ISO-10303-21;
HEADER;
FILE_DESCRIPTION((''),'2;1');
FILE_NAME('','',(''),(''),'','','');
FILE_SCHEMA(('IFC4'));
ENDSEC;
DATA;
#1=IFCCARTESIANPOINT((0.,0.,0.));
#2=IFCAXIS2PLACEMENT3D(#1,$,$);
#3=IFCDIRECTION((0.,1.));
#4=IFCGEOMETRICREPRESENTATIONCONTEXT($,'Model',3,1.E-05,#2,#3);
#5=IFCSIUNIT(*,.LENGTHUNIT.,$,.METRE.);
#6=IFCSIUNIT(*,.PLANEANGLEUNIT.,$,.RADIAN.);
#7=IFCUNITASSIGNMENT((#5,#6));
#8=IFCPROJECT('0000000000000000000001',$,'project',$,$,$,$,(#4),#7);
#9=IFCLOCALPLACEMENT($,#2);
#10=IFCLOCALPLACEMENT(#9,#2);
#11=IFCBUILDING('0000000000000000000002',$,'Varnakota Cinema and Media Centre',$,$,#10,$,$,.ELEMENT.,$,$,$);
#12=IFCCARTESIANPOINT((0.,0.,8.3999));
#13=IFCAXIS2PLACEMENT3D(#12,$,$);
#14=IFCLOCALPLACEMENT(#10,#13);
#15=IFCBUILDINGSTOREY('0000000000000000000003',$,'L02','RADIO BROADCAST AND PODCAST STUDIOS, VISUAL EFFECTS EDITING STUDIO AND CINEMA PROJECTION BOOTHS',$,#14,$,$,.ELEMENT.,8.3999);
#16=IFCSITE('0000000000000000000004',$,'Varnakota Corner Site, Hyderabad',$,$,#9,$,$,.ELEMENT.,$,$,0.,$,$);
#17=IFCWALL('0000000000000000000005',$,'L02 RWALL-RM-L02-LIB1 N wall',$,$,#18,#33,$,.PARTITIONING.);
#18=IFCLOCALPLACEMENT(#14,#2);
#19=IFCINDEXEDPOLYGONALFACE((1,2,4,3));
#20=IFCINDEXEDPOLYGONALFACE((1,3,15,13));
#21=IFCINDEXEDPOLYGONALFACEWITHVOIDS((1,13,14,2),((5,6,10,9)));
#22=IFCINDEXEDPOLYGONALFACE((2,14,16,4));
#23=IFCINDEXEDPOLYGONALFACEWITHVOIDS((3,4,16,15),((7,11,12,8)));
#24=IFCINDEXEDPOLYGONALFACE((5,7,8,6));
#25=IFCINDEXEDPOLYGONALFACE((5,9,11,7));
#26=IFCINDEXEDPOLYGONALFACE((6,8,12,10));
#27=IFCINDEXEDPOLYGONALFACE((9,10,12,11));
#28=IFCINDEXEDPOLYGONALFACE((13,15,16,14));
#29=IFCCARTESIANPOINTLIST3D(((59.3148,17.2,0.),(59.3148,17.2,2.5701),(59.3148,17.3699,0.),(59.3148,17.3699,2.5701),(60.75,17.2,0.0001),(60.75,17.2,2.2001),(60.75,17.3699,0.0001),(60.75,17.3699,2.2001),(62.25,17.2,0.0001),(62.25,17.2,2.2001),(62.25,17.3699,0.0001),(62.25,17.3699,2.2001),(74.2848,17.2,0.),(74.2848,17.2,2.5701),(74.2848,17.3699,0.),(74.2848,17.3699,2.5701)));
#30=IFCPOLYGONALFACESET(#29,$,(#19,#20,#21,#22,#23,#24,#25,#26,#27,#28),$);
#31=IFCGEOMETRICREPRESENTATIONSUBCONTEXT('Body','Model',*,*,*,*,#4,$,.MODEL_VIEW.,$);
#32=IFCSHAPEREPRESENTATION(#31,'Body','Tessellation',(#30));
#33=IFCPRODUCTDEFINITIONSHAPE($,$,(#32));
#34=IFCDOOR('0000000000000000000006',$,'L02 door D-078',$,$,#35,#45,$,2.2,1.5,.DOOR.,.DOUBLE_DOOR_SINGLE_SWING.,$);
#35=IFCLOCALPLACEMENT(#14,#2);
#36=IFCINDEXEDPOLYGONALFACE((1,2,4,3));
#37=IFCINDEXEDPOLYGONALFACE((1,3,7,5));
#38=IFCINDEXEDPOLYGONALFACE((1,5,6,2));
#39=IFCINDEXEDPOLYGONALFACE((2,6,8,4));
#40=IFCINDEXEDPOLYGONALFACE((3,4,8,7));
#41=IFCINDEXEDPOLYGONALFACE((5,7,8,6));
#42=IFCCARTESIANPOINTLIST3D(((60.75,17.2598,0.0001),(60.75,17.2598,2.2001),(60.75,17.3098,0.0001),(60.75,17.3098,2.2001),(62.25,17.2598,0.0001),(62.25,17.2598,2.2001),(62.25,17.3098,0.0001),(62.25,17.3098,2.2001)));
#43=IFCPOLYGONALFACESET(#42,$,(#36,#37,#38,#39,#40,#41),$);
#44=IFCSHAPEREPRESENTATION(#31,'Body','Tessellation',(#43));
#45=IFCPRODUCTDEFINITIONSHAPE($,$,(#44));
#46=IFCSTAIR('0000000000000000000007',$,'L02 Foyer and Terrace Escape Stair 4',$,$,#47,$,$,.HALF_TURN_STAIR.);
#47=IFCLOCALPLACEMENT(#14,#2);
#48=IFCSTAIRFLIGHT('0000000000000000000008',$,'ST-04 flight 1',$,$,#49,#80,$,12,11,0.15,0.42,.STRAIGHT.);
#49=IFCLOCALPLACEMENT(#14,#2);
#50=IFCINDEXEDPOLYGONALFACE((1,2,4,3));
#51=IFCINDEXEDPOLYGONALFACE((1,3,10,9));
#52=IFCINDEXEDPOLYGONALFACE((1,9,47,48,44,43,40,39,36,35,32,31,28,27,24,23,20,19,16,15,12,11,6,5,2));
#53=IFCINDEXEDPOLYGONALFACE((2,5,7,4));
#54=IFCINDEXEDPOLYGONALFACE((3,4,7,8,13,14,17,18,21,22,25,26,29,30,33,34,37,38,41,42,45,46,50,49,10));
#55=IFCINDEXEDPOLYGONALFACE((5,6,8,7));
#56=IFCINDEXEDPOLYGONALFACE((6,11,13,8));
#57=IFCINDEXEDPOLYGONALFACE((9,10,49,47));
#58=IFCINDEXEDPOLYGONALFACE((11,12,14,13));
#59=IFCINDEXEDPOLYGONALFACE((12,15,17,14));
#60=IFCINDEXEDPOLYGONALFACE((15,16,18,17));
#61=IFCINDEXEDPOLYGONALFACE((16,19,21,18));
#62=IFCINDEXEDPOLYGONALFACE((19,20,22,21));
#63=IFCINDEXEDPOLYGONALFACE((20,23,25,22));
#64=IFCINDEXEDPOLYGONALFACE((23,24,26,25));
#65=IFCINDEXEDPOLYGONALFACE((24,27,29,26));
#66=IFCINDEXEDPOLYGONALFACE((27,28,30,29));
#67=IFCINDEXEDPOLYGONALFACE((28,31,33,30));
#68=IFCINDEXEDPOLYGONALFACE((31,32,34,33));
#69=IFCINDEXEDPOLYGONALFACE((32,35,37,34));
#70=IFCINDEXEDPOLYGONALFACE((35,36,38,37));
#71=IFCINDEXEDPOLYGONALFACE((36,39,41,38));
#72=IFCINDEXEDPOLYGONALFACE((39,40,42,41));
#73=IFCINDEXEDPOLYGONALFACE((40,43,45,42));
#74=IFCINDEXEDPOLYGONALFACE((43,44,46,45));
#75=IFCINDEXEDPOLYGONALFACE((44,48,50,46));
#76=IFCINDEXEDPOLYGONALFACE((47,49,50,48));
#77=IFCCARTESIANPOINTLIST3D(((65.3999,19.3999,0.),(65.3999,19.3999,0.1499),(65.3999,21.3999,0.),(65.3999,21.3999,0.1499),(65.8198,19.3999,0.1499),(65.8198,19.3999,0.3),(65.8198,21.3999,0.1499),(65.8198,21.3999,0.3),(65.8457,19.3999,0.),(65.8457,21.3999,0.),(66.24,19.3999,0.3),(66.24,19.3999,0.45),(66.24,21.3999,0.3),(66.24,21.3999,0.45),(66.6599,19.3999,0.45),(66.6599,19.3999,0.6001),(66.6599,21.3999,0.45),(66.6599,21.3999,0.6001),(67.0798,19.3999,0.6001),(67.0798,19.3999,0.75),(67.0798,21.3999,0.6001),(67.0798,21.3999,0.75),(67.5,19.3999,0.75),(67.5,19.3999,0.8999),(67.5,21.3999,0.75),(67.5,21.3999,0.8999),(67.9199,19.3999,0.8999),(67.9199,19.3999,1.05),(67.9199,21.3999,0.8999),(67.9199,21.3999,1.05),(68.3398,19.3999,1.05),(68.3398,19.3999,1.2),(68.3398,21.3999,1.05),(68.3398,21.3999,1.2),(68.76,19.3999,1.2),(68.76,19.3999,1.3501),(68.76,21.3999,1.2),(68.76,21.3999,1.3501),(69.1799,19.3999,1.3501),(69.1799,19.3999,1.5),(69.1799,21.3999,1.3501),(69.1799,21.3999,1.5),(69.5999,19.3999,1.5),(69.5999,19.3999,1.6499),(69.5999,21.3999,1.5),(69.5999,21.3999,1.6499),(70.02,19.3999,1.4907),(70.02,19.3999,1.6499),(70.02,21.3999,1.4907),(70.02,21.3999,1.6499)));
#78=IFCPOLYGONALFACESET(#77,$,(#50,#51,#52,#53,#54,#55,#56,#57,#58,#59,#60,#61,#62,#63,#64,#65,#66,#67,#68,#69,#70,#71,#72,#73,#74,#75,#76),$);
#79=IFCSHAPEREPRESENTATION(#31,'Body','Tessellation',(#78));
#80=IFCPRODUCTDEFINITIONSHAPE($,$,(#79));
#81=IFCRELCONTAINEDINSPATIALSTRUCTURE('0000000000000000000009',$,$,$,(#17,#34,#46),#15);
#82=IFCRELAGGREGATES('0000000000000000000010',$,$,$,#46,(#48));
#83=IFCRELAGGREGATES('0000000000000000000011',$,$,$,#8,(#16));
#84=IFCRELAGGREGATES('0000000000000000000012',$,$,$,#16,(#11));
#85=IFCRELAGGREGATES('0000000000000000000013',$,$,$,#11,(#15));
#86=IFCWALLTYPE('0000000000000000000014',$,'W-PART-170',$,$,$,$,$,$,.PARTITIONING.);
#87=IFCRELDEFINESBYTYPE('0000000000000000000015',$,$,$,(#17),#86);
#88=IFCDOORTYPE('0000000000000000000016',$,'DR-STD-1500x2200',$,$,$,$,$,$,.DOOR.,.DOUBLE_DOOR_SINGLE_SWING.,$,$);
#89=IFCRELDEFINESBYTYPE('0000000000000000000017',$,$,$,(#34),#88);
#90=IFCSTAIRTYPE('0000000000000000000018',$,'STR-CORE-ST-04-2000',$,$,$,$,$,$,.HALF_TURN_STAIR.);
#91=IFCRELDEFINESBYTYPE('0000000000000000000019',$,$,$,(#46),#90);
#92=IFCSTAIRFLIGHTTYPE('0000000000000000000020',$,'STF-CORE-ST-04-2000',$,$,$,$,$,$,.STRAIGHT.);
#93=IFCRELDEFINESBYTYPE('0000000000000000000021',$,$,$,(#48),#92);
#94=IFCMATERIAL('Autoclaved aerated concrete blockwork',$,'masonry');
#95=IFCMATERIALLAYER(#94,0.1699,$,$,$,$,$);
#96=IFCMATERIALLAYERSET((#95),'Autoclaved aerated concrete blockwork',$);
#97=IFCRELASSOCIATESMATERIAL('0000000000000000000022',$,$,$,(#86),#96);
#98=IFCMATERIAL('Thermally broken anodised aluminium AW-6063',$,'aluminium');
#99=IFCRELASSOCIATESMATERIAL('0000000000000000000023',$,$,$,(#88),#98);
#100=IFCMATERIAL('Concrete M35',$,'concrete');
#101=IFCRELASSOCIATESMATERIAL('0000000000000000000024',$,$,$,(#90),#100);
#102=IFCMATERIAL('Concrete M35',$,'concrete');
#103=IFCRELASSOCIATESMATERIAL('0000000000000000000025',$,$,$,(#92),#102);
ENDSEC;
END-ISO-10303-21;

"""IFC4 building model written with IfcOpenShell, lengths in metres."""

from ifc_helpers import new_model, si_unit, direction, frame, frame_2d, origin, place, context, subcontext, project, spatial, polyline, rectangle, outline, extrude, material, layer, layer_set, type_object, element, fill, aggregate, save


model = new_model("IFC4")

# Units and contexts
model_context = context("Model", 3, precision=1e-05, world=origin(), true_north=direction((0.0, 1.0)))
body_context = subcontext(model_context, "Body", "Model", "MODEL_VIEW")
ifc_project = project(units=[si_unit("LENGTHUNIT", "METRE"), si_unit("PLANEANGLEUNIT", "RADIAN")], contexts=[model_context])

# Site, building, storey
site_placement = place(None, origin())
site = spatial("IfcSite", under=ifc_project, at=site_placement, Name="Varnakota Corner Site, Hyderabad", CompositionType="ELEMENT", RefElevation=0.0)
building_placement = place(site_placement, origin())
building = spatial("IfcBuilding", under=site, at=building_placement, Name="Varnakota Cinema and Media Centre", CompositionType="ELEMENT")
storey_placement = place(building_placement, frame((0.0, 0.0, 8.3999)))
storey = spatial("IfcBuildingStorey", under=building, at=storey_placement, Name="L02", Description="RADIO BROADCAST AND PODCAST STUDIOS, VISUAL EFFECTS EDITING STUDIO AND CINEMA PROJECTION BOOTHS", CompositionType="ELEMENT", Elevation=8.3999)

# Shared definitions
ifc_material_1 = material(Name="Autoclaved aerated concrete blockwork", Category="masonry")
ifc_layer_1 = layer(ifc_material_1, 0.1699)
ifc_layer_set_1 = layer_set([ifc_layer_1], Name="Autoclaved aerated concrete blockwork")
wall_type_1 = type_object("IfcWallType", Name="W-PART-170", PredefinedType="PARTITIONING", material=ifc_layer_set_1)

# Wall, opening, door
wall_1_placement = place(storey_placement, frame((59.3149, 17.2849, 0.0), z_axis=(0.0, 0.0, 1.0), x_axis=(1.0, 0.0, 0.0)))
wall_1 = element("IfcWall", 1, at=wall_1_placement, inside=storey, type_object=wall_type_1, Name="L02 RWALL-RM-L02-LIB1 N wall", PredefinedType="PARTITIONING", context=body_context, shape_type="SweptSolid", body=[
    extrude(rectangle(XDim=14.97, YDim=0.1699, at=frame_2d((7.4849, 0.0))), origin(), (0.0, 0.0, 1.0), 2.5701),
])
opening_1_placement = place(wall_1_placement, frame((1.4351, 0.0, 0.0)))
opening_1 = element("IfcOpeningElement", 2, at=opening_1_placement, cuts=wall_1, PredefinedType="OPENING", context=body_context, shape_type="SweptSolid", body=[
    extrude(rectangle(XDim=1.5, YDim=2.2, at=frame_2d((0.75, 1.1001))), frame((0.0, 0.085, 0.0), z_axis=(0.0, -1.0, 0.0), x_axis=(1.0, 0.0, 0.0)), (0.0, 0.0, 1.0), 0.1699),
])
ifc_material_2 = material(Name="Thermally broken anodised aluminium AW-6063", Category="aluminium")
door_type_1 = type_object("IfcDoorType", Name="DR-STD-1500x2200", OperationType="DOUBLE_DOOR_SINGLE_SWING", PredefinedType="DOOR", material=ifc_material_2)
door_1_placement = place(opening_1_placement, origin())
door_1 = element("IfcDoor", 3, at=door_1_placement, inside=storey, type_object=door_type_1, Name="L02 door D-078", OperationType="DOUBLE_DOOR_SINGLE_SWING", OverallHeight=2.2, OverallWidth=1.5, PredefinedType="DOOR", context=body_context, shape_type="SweptSolid", body=[
    extrude(rectangle(XDim=1.5, YDim=2.2, at=frame_2d((0.75, 1.1001))), frame((0.0, 0.0249, 0.0), z_axis=(0.0, -1.0, 0.0), x_axis=(1.0, 0.0, 0.0)), (0.0, 0.0, 1.0), 0.05),
])
fill(opening_1, door_1)

# Stair, stair flight
ifc_material_3 = material(Name="Concrete M35", Category="concrete")
stair_type = type_object("IfcStairType", Name="STR-CORE-ST-04-2000", PredefinedType="HALF_TURN_STAIR", material=ifc_material_3)
stair_placement = place(storey_placement, origin())
stair = element("IfcStair", 4, at=stair_placement, inside=storey, type_object=stair_type, Name="L02 Foyer and Terrace Escape Stair 4", PredefinedType="HALF_TURN_STAIR")
ifc_material_4 = material(Name="Concrete M35", Category="concrete")
stair_flight_type = type_object("IfcStairFlightType", Name="STF-CORE-ST-04-2000", PredefinedType="STRAIGHT", material=ifc_material_4)
stair_flight_placement = place(storey_placement, frame((65.3999, 20.3999, 0.0), z_axis=(0.0, 0.0, 1.0), x_axis=(1.0, 0.0, 0.0)))
stair_flight = element("IfcStairFlight", 5, at=stair_flight_placement, type_object=stair_flight_type, Name="ST-04 flight 1", NumberOfRisers=12, NumberOfTreads=11, PredefinedType="STRAIGHT", RiserHeight=0.15, TreadLength=0.42, context=body_context, shape_type="SweptSolid", body=[
    extrude(outline(polyline([(0.0, 0.0), (0.0, 0.1499), (0.4199, 0.1499), (0.4199, 0.3), (0.8401, 0.3), (0.8401, 0.45), (1.26, 0.45), (1.26, 0.6001), (1.6799, 0.6001), (1.6799, 0.75), (2.1001, 0.75), (2.1001, 0.8999), (2.52, 0.8999), (2.52, 1.05), (2.9399, 1.05), (2.9399, 1.2), (3.3601, 1.2), (3.3601, 1.3501), (3.78, 1.3501), (3.78, 1.5), (4.2, 1.5), (4.2, 1.6499), (4.6201, 1.6499), (4.6201, 1.8), (4.6201, 1.4907), (0.4458, 0.0), (0.0, 0.0)])), frame((0.0, 1.0, 0.0), z_axis=(0.0, -1.0, 0.0), x_axis=(1.0, 0.0, 0.0)), (0.0, 0.0, 1.0), 2.0),
])
aggregate(stair, [stair_flight])

save(model, "model.ifc")
